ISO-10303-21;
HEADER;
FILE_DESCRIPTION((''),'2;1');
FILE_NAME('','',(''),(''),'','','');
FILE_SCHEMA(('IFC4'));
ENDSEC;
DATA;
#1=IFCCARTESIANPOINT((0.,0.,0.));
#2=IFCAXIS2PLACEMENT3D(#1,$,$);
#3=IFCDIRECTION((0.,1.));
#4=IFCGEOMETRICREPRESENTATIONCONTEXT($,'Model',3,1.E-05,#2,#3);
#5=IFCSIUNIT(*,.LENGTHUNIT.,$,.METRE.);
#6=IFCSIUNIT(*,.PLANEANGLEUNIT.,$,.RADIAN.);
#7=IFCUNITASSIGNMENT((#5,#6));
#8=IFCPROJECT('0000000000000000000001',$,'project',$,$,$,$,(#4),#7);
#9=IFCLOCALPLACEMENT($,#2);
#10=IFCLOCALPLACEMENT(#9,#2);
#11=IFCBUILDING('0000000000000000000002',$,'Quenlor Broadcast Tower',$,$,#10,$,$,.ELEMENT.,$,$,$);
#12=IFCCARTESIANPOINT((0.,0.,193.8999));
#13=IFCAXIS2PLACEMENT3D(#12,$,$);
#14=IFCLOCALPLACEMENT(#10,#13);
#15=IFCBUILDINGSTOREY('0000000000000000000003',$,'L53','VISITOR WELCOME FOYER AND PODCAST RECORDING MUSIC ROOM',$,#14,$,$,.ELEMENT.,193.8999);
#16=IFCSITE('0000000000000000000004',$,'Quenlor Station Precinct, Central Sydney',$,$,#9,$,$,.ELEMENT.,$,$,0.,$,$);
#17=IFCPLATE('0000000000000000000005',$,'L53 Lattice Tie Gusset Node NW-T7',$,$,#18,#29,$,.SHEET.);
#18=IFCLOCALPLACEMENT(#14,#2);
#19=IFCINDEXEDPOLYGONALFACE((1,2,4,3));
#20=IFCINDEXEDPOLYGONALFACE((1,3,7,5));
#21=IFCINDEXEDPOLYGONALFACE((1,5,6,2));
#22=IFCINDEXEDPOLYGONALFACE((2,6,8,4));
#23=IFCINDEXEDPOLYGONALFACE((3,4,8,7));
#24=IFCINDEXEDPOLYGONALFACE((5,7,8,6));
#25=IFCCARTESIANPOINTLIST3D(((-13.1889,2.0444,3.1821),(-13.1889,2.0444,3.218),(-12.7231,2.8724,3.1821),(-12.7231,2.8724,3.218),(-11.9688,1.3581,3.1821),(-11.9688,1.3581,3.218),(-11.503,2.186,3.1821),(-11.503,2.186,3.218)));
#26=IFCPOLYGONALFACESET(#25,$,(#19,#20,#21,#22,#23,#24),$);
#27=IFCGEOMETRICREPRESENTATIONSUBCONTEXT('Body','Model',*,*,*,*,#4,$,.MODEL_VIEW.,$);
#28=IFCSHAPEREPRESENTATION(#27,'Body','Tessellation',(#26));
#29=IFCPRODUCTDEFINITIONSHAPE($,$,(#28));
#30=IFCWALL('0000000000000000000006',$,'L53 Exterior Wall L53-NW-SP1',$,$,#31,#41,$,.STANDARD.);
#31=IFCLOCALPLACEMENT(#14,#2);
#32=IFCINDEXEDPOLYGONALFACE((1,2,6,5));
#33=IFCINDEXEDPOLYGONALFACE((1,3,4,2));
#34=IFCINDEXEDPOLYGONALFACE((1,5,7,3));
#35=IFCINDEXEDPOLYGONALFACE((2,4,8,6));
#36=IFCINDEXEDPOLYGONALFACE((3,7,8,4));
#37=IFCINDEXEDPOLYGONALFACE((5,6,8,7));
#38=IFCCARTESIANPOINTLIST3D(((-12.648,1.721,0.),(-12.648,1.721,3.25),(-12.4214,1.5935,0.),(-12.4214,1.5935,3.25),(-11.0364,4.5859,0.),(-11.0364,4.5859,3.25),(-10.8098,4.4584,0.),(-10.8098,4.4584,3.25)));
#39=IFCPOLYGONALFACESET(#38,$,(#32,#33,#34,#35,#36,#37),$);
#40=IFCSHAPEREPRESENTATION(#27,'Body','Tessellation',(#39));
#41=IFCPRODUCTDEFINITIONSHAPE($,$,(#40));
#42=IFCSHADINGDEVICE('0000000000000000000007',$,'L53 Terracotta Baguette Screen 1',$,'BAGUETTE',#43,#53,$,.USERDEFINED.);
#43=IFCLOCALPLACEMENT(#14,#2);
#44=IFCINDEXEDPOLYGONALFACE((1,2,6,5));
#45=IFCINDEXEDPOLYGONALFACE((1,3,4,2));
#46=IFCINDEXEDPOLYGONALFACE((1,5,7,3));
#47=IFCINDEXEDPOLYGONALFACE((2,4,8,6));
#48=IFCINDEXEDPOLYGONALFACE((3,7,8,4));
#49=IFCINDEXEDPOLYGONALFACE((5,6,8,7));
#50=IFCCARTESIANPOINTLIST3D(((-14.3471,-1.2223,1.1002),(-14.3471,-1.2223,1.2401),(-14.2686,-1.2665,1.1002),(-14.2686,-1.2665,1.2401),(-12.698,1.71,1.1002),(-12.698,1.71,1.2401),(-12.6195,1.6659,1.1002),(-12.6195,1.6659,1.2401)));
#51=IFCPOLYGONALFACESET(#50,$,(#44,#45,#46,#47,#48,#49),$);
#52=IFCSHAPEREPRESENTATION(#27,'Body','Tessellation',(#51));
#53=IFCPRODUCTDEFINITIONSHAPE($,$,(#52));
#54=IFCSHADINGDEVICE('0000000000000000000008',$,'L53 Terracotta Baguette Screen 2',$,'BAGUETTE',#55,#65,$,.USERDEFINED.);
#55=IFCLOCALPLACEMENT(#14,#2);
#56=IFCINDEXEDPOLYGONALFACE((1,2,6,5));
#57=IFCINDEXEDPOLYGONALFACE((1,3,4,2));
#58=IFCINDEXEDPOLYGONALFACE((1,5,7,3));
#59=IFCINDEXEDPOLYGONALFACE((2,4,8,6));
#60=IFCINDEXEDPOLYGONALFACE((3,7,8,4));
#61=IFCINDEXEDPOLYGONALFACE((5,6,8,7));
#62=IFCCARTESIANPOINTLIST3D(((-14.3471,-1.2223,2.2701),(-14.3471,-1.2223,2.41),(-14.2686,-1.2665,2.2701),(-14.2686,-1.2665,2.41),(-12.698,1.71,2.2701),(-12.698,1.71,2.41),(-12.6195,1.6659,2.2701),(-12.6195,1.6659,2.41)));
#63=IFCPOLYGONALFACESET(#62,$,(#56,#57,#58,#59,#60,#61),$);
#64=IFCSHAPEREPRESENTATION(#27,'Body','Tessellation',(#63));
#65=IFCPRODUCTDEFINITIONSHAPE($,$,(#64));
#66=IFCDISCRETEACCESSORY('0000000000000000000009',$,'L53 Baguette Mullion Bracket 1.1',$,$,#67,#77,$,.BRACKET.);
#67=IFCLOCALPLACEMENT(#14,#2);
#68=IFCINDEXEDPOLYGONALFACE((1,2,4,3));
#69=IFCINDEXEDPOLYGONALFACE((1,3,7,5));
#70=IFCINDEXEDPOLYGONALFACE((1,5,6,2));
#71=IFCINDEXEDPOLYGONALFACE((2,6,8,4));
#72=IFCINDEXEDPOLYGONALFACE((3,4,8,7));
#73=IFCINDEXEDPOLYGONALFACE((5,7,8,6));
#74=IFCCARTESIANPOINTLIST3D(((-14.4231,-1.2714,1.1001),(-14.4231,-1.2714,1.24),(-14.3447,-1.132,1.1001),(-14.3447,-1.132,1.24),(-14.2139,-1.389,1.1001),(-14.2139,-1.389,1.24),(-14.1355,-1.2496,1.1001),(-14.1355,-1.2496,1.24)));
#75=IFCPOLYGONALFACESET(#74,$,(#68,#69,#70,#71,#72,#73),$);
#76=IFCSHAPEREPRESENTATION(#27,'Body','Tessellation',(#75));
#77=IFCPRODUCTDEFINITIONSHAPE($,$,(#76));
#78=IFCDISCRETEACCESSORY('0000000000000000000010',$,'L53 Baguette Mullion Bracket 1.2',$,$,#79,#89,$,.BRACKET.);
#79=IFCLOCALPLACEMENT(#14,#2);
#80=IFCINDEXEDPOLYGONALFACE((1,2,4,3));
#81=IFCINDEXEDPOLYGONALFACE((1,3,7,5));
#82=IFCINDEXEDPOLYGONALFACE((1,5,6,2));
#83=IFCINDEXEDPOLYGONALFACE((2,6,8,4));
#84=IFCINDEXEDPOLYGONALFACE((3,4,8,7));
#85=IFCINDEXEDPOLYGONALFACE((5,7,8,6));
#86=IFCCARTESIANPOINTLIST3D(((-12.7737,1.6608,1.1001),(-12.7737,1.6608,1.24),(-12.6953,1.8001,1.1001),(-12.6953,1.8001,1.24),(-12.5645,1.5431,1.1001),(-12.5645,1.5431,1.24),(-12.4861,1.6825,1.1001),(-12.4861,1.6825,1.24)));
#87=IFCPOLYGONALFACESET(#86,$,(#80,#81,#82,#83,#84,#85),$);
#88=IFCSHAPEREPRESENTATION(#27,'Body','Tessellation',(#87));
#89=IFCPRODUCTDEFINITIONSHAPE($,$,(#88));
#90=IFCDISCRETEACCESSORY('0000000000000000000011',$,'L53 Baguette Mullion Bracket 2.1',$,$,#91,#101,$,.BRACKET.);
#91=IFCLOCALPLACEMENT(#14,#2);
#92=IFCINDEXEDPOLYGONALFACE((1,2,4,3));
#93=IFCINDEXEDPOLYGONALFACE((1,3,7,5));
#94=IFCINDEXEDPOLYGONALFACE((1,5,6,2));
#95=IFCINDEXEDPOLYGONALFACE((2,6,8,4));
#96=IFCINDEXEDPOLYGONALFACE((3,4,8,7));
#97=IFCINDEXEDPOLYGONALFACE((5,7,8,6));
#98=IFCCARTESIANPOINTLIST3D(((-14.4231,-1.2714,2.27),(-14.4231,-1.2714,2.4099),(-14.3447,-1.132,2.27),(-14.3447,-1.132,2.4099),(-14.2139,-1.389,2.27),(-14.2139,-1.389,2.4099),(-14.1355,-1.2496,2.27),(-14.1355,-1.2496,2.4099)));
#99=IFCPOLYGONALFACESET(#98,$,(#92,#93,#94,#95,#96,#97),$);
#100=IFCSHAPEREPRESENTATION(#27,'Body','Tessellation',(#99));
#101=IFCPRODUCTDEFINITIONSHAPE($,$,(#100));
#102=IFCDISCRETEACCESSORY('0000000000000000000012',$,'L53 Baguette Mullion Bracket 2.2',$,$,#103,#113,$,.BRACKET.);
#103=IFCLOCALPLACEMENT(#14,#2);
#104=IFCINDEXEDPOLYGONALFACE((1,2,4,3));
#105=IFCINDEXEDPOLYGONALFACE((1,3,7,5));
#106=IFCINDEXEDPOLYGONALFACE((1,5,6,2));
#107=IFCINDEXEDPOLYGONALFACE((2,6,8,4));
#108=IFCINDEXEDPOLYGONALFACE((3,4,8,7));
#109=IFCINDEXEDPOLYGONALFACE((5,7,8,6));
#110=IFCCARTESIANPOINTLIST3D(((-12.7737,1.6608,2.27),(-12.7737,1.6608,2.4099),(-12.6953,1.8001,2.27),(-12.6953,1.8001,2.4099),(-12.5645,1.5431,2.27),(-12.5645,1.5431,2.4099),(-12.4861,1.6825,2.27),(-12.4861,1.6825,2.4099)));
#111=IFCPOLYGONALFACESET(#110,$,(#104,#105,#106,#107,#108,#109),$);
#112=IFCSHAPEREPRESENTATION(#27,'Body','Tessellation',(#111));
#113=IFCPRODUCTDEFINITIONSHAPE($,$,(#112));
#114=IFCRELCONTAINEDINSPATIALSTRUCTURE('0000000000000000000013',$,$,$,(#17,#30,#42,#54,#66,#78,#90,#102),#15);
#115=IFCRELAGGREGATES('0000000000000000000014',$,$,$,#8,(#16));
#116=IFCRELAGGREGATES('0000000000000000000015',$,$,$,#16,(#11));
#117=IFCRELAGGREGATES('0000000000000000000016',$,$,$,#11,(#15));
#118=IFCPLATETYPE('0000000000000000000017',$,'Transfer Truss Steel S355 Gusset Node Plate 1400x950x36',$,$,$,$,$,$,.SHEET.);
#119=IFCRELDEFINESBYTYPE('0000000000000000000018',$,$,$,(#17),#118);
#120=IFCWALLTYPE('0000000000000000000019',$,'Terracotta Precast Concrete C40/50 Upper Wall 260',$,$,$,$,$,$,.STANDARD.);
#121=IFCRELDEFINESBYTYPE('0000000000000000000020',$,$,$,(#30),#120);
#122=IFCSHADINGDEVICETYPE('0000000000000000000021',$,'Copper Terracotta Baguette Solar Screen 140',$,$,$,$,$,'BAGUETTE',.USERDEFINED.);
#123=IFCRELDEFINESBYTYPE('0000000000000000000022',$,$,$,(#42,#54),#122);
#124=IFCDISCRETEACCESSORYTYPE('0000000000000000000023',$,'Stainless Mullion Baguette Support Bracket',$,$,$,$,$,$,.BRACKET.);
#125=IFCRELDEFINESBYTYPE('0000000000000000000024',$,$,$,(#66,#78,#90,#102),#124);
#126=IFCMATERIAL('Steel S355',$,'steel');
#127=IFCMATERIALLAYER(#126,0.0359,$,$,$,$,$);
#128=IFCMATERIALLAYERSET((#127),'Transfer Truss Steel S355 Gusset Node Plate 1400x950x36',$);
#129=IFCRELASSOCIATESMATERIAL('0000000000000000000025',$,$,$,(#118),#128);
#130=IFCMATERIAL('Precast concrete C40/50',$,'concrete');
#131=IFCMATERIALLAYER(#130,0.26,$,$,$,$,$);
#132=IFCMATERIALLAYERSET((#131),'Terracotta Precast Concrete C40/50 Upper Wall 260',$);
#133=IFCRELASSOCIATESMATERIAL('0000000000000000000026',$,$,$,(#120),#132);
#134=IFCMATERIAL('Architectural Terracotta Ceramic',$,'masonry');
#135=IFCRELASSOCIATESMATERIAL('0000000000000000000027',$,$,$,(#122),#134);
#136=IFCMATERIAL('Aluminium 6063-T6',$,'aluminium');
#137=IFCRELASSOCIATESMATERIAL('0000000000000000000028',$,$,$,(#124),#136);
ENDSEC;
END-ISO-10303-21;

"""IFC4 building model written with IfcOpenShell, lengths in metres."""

from ifc_helpers import new_model, si_unit, direction, frame, frame_2d, origin, origin_2d, place, context, subcontext, project, spatial, rectangle, extrude, material, layer, layer_set, material_profile, profile_set, type_object, element, save


model = new_model("IFC4")

# Units and contexts
model_context = context("Model", 3, precision=1e-05, world=origin(), true_north=direction((0.0, 1.0)))
body_context = subcontext(model_context, "Body", "Model", "MODEL_VIEW")
ifc_project = project(units=[si_unit("LENGTHUNIT", "METRE"), si_unit("PLANEANGLEUNIT", "RADIAN")], contexts=[model_context])

# Site, building, storey
site_placement = place(None, origin())
site = spatial("IfcSite", under=ifc_project, at=site_placement, Name="Quenlor Station Precinct, Central Sydney", CompositionType="ELEMENT", RefElevation=0.0)
building_placement = place(site_placement, origin())
building = spatial("IfcBuilding", under=site, at=building_placement, Name="Quenlor Broadcast Tower", CompositionType="ELEMENT")
storey_placement = place(building_placement, frame((0.0, 0.0, 193.8999)))
storey = spatial("IfcBuildingStorey", under=building, at=storey_placement, Name="L53", Description="VISITOR WELCOME FOYER AND PODCAST RECORDING MUSIC ROOM", CompositionType="ELEMENT", Elevation=193.8999)

# Plate
ifc_material_1 = material(Name="Steel S355", Category="steel")
ifc_layer_1 = layer(ifc_material_1, 0.0359)
ifc_layer_set_1 = layer_set([ifc_layer_1], Name="Transfer Truss Steel S355 Gusset Node Plate 1400x950x36")
plate_type_1 = type_object("IfcPlateType", Name="Transfer Truss Steel S355 Gusset Node Plate 1400x950x36", PredefinedType="SHEET", material=ifc_layer_set_1)
for number, where, z_axis, x_axis, name in (
    (1, (-12.3459, 2.1152, 3.1821), (0.0, 0.0, 1.0), (-0.871556, 0.490295, 0.0), "L53 Lattice Tie Gusset Node NW-T7"),
):
    element("IfcPlate", number, at=place(storey_placement, frame(where, z_axis=z_axis, x_axis=x_axis)), inside=storey, type_object=plate_type_1, Name=name, PredefinedType="SHEET", context=body_context, shape_type="SweptSolid", body=[
        extrude(rectangle(XDim=1.3999, YDim=0.95, at=origin_2d()), origin(), (0.0, 0.0, 1.0), 0.0359),
    ])

# Wall
ifc_material_2 = material(Name="Precast concrete C40/50", Category="concrete")
ifc_layer_2 = layer(ifc_material_2, 0.26)
ifc_layer_set_2 = layer_set([ifc_layer_2], Name="Terracotta Precast Concrete C40/50 Upper Wall 260")
wall_type = type_object("IfcWallType", Name="Terracotta Precast Concrete C40/50 Upper Wall 260", PredefinedType="STANDARD", material=ifc_layer_set_2)
wall_placement = place(storey_placement, frame((-12.5347, 1.6572, 0.0), z_axis=(0.0, 0.0, 1.0), x_axis=(0.490265, 0.871574, 0.0)))
element("IfcWall", 2, at=wall_placement, inside=storey, type_object=wall_type, Name="L53 Exterior Wall L53-NW-SP1", PredefinedType="STANDARD", context=body_context, shape_type="SweptSolid", body=[
    extrude(rectangle(XDim=3.2871, YDim=0.26, at=frame_2d((1.6436, 0.0))), origin(), (0.0, 0.0, 1.0), 3.25),
])

# Shading devices
ifc_material_3 = material(Name="Architectural Terracotta Ceramic", Category="masonry")
ifc_material_profile_1 = material_profile(ifc_material_3, rectangle(XDim=0.0901, YDim=0.1399, at=origin_2d()))
ifc_profile_set_1 = profile_set([ifc_material_profile_1], Name="Architectural Terracotta Ceramic BAG90x140")
shading_device_type = type_object("IfcShadingDeviceType", Name="Copper Terracotta Baguette Solar Screen 140", ElementType="BAGUETTE", PredefinedType="USERDEFINED", material=ifc_profile_set_1)
for number, where, z_axis, x_axis, name in (
    (3, (-14.3079, -1.2444, 1.1702), (0.490196, 0.871612, 0.0), (-0.871612, 0.490196, 0.0), "L53 Terracotta Baguette Screen 1"),
    (4, (-14.3079, -1.2444, 2.3401), (0.490196, 0.871612, 0.0), (-0.871612, 0.490196, 0.0), "L53 Terracotta Baguette Screen 2"),
):
    element("IfcShadingDevice", number, at=place(storey_placement, frame(where, z_axis=z_axis, x_axis=x_axis)), inside=storey, type_object=shading_device_type, Name=name, ObjectType="BAGUETTE", PredefinedType="USERDEFINED", context=body_context, shape_type="SweptSolid", body=[
        extrude(rectangle(XDim=0.0901, YDim=0.1399, at=origin_2d()), origin(), (0.0, 0.0, 1.0), 3.3643),
    ])

# Discrete accessories
ifc_material_4 = material(Name="Aluminium 6063-T6", Category="aluminium")
discrete_accessory_type = type_object("IfcDiscreteAccessoryType", Name="Stainless Mullion Baguette Support Bracket", PredefinedType="BRACKET", material=ifc_material_4)
for number, where, z_axis, x_axis, name in (
    (5, (-14.2793, -1.2605, 1.1001), (0.0, 0.0, 1.0), (0.490257, 0.871578, 0.0), "L53 Baguette Mullion Bracket 1.1"),
    (6, (-12.6299, 1.6716, 1.1001), (0.0, 0.0, 1.0), (0.490257, 0.871578, 0.0), "L53 Baguette Mullion Bracket 1.2"),
    (7, (-14.2793, -1.2605, 2.27), (0.0, 0.0, 1.0), (0.490257, 0.871578, 0.0), "L53 Baguette Mullion Bracket 2.1"),
    (8, (-12.6299, 1.6716, 2.27), (0.0, 0.0, 1.0), (0.490257, 0.871578, 0.0), "L53 Baguette Mullion Bracket 2.2"),
):
    element("IfcDiscreteAccessory", number, at=place(storey_placement, frame(where, z_axis=z_axis, x_axis=x_axis)), inside=storey, type_object=discrete_accessory_type, Name=name, PredefinedType="BRACKET", context=body_context, shape_type="SweptSolid", body=[
        extrude(rectangle(XDim=0.1599, YDim=0.24, at=origin_2d()), origin(), (0.0, 0.0, 1.0), 0.1399),
    ])

save(model, "model.ifc")
